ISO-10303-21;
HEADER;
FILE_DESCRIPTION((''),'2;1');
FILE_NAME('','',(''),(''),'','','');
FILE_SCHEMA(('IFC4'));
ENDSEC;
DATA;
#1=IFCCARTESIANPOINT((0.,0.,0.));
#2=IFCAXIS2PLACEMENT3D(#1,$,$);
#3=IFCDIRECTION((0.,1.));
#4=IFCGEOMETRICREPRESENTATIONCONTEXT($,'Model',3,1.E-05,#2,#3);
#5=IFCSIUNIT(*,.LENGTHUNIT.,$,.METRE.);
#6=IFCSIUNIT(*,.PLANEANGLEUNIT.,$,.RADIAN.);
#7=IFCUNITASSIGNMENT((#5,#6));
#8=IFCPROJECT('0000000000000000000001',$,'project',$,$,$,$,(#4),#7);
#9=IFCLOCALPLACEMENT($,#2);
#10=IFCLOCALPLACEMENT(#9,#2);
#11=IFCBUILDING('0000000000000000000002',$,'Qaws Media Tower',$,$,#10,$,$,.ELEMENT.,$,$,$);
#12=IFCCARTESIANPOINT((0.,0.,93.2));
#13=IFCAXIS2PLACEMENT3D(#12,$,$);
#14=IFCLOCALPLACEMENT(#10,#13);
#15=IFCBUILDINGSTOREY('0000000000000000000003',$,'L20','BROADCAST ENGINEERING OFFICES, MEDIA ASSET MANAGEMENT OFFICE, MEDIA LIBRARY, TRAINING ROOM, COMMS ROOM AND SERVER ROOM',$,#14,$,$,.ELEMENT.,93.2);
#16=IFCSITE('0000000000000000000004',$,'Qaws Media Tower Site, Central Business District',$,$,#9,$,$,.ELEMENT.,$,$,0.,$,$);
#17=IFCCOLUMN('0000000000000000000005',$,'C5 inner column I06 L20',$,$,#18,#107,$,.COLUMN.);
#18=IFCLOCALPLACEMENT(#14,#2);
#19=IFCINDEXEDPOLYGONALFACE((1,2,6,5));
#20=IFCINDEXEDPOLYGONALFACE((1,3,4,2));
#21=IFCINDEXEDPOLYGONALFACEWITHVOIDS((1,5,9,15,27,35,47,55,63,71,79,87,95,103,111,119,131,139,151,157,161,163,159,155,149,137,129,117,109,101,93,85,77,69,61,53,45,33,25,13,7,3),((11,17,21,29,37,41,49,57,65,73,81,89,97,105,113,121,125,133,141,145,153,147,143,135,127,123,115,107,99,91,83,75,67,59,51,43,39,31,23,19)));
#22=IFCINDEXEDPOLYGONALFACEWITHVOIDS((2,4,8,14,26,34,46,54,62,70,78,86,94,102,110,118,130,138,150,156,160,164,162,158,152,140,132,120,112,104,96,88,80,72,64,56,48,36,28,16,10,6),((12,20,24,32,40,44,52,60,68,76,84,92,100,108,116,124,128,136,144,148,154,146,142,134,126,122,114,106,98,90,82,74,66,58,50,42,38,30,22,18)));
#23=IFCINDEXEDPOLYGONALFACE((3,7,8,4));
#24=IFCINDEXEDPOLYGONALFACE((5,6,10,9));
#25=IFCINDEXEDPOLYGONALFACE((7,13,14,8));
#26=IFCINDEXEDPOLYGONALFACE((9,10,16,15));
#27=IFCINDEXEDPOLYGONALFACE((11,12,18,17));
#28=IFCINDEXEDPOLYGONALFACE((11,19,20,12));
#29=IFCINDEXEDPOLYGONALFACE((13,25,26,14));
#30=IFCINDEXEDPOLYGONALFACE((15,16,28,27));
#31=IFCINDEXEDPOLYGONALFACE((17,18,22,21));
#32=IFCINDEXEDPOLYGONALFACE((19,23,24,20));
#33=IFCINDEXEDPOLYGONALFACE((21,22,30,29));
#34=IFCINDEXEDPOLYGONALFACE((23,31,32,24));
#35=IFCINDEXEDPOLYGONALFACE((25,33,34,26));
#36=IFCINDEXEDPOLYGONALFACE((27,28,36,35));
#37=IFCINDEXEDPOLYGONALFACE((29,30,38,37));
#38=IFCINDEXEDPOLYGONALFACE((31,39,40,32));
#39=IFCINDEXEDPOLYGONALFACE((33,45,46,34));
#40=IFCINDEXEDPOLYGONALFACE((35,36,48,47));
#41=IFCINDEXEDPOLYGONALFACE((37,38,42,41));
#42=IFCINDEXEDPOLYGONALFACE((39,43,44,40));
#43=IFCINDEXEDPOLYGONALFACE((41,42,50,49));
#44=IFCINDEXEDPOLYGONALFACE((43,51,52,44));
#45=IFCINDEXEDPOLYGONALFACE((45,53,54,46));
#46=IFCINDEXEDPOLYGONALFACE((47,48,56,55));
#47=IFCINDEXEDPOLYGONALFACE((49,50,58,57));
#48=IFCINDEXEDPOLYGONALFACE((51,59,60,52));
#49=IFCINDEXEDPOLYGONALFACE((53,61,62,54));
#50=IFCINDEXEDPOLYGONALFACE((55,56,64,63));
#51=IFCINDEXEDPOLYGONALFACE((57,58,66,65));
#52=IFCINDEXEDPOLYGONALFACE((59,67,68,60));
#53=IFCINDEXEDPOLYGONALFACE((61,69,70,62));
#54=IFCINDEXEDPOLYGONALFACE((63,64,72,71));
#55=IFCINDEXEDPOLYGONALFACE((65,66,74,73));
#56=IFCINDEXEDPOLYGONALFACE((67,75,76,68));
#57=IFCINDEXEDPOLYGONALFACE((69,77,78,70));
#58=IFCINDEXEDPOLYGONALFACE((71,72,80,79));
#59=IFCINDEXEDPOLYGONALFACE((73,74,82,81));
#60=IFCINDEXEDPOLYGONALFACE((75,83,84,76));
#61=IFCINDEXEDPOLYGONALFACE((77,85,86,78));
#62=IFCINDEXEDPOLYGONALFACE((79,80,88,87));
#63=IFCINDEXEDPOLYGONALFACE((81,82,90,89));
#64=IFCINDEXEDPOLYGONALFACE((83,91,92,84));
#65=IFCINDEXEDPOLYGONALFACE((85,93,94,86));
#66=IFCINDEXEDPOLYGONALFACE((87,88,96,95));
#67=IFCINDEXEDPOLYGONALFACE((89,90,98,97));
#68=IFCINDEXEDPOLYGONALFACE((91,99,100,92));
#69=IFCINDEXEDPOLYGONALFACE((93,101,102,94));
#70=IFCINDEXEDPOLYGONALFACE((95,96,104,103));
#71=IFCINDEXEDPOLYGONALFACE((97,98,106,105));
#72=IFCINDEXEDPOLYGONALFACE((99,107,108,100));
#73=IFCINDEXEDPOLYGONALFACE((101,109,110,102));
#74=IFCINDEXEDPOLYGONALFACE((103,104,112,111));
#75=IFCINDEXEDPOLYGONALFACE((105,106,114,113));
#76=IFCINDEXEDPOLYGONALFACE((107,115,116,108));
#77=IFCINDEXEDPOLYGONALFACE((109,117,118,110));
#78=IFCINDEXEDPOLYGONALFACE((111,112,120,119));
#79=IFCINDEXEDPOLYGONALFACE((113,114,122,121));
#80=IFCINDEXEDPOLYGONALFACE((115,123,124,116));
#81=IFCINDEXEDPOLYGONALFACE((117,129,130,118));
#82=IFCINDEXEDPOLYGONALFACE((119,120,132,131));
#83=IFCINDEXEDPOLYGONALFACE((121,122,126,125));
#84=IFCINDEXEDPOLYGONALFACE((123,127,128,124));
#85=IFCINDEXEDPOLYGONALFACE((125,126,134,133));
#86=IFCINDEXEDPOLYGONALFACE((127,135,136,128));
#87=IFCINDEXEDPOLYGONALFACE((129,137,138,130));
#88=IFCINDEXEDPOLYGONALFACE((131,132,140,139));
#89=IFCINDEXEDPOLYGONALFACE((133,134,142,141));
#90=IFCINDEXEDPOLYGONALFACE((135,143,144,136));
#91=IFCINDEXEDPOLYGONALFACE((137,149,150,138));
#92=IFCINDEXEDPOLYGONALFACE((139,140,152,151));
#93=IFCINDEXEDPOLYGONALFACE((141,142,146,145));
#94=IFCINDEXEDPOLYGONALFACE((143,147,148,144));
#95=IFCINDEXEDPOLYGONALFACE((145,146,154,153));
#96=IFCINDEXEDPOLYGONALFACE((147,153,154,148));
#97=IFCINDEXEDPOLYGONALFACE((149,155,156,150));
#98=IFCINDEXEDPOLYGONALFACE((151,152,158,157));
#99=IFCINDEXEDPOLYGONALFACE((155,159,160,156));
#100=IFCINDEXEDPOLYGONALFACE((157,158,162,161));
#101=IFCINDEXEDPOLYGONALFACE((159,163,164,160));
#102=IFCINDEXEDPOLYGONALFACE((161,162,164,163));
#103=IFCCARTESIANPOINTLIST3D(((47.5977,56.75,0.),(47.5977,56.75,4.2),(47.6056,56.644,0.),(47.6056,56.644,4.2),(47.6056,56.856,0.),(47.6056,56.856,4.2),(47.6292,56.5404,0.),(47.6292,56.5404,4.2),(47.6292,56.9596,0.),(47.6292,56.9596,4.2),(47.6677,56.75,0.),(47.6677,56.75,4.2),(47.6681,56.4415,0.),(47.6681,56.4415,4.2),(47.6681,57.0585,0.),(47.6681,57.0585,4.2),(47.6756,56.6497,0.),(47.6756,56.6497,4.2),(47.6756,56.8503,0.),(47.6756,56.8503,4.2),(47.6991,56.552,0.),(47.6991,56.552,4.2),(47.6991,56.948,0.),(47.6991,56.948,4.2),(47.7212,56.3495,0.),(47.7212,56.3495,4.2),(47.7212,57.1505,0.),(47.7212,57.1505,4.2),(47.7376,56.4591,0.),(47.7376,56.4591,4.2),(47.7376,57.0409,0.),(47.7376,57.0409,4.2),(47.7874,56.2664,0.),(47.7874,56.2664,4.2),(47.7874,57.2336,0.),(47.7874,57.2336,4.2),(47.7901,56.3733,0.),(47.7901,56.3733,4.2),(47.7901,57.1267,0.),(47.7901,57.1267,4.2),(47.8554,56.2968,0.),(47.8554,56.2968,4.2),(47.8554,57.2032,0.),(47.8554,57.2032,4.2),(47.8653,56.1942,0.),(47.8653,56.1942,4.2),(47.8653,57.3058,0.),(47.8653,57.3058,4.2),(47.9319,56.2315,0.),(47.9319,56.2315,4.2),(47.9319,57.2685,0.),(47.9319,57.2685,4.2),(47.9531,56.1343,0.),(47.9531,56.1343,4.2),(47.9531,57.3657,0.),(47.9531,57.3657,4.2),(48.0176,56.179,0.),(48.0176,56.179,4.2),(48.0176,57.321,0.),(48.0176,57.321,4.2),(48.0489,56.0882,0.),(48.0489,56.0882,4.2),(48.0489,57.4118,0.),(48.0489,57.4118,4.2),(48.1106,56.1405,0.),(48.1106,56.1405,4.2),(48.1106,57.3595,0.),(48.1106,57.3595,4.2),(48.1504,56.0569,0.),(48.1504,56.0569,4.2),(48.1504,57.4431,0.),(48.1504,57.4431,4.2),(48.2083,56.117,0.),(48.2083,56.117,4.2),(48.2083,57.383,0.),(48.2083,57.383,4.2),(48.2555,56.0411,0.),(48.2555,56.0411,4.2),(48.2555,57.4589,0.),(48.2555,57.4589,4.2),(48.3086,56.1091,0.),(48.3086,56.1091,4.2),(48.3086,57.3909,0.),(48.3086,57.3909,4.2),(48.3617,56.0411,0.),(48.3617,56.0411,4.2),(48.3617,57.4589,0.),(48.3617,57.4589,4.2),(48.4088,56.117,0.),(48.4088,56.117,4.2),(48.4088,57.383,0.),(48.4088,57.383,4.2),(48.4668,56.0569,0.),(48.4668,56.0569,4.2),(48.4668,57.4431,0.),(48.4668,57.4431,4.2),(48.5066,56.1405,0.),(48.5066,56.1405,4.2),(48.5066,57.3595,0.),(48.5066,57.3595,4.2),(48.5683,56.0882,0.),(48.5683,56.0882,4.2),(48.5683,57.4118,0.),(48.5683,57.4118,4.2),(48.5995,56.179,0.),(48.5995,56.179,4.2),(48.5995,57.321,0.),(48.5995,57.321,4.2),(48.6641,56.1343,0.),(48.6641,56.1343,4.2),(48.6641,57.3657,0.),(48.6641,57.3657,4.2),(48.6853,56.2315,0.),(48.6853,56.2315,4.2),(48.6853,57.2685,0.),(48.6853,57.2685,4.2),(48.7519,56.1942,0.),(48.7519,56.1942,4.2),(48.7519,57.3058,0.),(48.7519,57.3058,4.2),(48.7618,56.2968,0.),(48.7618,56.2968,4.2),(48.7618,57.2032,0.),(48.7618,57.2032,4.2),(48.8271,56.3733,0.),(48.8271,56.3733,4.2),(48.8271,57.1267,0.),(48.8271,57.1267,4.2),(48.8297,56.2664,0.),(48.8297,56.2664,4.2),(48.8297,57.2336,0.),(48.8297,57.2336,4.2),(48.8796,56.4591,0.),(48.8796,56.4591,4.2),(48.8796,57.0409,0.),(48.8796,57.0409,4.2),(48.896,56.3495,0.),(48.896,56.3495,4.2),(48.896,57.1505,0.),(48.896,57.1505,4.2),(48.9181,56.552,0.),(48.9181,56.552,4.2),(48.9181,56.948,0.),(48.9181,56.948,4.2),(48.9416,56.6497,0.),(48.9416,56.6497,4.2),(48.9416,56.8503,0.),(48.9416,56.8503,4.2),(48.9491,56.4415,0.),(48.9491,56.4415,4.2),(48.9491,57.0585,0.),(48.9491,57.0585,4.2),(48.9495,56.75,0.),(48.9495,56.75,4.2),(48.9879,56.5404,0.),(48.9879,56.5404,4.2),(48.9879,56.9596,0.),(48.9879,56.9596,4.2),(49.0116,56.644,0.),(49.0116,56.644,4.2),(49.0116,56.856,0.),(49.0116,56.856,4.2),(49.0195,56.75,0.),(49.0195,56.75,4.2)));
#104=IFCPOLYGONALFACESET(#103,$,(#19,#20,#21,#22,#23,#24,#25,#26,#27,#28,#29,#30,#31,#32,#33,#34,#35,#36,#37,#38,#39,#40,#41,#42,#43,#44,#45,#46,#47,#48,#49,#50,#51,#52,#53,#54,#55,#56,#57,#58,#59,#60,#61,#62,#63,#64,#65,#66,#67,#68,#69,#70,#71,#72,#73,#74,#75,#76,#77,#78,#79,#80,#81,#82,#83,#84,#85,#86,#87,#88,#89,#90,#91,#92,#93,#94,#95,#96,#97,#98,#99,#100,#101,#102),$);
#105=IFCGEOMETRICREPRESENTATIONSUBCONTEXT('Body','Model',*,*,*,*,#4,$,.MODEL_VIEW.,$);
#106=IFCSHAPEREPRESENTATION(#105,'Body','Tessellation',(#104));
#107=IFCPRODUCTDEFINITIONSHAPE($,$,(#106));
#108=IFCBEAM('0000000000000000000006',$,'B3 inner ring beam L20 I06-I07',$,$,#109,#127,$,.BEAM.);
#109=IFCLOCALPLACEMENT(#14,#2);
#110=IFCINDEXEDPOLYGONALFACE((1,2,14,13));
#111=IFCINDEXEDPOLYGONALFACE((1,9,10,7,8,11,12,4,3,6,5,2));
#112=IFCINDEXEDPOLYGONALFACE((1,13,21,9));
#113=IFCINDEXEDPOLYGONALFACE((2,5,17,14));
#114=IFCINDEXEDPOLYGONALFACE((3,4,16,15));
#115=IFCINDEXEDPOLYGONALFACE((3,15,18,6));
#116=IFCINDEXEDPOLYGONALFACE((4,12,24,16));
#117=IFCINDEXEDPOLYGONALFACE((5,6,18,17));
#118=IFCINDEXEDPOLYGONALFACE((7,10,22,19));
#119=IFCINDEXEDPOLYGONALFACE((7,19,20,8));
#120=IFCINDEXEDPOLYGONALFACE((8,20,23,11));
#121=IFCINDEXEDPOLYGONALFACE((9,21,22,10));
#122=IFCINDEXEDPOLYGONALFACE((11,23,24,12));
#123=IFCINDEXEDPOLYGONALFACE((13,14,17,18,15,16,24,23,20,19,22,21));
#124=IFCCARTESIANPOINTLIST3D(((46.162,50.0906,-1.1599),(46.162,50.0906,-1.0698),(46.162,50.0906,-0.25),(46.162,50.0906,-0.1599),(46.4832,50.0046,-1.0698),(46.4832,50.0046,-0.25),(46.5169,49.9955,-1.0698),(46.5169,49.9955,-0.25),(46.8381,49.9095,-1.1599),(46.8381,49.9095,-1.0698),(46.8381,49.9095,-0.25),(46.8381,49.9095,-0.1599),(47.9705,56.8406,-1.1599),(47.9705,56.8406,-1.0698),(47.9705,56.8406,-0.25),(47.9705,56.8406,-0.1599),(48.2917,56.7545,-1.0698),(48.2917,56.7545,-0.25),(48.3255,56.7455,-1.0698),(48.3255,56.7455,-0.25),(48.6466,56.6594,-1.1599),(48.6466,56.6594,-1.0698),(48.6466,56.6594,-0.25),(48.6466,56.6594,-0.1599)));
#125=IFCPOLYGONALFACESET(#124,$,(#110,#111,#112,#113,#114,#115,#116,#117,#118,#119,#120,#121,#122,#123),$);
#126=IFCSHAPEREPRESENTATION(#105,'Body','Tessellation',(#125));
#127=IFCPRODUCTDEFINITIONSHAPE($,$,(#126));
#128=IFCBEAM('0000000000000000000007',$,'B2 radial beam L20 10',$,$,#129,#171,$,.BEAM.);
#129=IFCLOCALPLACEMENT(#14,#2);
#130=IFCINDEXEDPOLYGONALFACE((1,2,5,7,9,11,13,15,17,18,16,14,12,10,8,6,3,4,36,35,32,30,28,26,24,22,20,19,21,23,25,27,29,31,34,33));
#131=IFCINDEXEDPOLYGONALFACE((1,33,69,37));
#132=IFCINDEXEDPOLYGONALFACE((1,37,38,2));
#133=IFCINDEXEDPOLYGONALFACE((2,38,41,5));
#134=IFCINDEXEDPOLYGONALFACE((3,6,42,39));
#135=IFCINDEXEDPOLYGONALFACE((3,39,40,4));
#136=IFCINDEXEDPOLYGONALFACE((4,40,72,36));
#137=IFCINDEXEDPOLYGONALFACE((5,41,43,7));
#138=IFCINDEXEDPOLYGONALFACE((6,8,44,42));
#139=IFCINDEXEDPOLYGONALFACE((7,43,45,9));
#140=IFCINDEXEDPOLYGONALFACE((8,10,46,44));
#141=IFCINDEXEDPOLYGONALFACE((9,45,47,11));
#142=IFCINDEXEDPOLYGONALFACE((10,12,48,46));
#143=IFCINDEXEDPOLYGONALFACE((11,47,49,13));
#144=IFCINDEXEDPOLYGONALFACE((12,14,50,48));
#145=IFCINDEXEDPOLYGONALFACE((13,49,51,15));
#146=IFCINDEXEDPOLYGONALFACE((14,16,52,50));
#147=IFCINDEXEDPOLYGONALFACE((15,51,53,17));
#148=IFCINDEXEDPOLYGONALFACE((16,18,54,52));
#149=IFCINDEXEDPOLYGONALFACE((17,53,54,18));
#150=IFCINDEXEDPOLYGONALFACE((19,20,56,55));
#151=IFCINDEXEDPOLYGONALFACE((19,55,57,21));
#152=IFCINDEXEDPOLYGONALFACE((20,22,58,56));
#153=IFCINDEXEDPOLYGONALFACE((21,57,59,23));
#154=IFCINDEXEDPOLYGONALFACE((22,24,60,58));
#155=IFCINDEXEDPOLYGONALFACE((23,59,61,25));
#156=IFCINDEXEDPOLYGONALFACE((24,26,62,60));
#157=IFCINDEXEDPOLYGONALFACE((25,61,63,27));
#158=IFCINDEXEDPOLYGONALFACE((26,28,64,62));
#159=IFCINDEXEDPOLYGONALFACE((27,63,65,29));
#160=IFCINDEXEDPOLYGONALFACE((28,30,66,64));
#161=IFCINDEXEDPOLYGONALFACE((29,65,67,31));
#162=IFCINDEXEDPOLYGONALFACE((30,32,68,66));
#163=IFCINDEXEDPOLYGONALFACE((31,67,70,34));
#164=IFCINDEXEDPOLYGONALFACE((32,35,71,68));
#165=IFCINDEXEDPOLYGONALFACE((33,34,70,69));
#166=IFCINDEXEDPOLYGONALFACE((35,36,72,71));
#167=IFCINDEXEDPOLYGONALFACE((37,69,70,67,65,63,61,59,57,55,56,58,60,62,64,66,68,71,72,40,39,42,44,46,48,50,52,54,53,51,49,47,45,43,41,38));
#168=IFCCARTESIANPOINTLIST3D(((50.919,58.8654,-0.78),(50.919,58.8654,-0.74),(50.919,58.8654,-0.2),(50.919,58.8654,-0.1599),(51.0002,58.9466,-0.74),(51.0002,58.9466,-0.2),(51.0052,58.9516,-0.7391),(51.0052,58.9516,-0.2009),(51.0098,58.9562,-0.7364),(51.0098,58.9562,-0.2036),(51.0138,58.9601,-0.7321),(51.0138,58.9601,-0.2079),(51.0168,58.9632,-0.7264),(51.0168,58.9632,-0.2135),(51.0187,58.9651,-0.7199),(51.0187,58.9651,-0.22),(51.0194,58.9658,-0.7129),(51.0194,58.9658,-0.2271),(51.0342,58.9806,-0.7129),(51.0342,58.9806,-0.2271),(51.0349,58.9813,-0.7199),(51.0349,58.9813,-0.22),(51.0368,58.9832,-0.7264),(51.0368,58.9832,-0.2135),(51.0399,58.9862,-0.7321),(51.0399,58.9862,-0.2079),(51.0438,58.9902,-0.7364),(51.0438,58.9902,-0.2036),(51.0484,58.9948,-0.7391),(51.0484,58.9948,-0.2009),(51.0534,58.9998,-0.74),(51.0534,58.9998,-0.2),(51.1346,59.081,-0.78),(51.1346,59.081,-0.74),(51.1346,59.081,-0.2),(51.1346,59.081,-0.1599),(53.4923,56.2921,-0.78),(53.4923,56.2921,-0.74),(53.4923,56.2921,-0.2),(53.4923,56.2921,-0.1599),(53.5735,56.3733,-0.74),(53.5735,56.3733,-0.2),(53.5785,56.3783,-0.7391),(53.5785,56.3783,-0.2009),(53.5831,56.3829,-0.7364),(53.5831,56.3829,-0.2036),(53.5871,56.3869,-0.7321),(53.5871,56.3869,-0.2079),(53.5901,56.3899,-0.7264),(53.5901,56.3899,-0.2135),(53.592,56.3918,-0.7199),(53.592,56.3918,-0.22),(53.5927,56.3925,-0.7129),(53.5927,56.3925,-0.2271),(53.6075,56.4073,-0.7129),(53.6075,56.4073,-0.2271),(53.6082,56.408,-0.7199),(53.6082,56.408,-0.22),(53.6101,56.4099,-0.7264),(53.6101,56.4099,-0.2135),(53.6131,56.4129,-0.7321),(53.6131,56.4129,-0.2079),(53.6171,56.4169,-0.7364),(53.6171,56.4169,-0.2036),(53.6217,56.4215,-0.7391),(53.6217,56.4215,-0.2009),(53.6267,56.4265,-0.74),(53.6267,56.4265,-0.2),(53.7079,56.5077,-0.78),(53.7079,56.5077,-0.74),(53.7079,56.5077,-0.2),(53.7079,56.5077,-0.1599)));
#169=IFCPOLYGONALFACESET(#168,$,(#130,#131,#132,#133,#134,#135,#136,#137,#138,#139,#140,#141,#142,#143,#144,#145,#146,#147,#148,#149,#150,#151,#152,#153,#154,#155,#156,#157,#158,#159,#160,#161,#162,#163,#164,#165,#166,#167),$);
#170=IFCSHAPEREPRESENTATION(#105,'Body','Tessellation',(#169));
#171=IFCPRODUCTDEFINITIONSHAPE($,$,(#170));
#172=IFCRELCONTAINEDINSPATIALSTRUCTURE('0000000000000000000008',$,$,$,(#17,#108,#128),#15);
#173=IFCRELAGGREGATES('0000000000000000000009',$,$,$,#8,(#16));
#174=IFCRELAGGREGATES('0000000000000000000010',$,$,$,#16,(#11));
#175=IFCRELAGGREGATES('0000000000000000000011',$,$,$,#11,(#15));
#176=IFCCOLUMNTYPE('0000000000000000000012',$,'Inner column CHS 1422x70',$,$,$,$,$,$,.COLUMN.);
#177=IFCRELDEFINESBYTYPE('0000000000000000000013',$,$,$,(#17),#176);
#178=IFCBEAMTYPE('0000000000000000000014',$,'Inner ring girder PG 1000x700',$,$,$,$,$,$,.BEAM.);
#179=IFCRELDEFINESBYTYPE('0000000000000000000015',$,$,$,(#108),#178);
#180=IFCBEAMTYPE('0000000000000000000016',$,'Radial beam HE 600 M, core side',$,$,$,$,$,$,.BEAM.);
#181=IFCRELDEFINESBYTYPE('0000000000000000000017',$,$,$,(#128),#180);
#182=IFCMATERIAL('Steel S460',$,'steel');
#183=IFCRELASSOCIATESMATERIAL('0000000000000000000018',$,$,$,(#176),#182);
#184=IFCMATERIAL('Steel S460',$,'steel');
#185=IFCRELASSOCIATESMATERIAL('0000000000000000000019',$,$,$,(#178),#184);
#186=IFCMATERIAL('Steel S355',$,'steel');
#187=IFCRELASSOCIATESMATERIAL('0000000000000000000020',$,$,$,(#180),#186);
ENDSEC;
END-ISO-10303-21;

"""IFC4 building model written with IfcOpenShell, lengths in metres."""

from ifc_helpers import new_model, si_unit, direction, frame, origin, origin_2d, place, context, subcontext, project, spatial, hollow_circle, i_section, extrude, material, material_profile, profile_set, type_object, element, save


model = new_model("IFC4")

# Units and contexts
model_context = context("Model", 3, precision=1e-05, world=origin(), true_north=direction((0.0, 1.0)))
body_context = subcontext(model_context, "Body", "Model", "MODEL_VIEW")
ifc_project = project(units=[si_unit("LENGTHUNIT", "METRE"), si_unit("PLANEANGLEUNIT", "RADIAN")], contexts=[model_context])

# Site, building, storey
site_placement = place(None, origin())
site = spatial("IfcSite", under=ifc_project, at=site_placement, Name="Qaws Media Tower Site, Central Business District", CompositionType="ELEMENT", RefElevation=0.0)
building_placement = place(site_placement, origin())
building = spatial("IfcBuilding", under=site, at=building_placement, Name="Qaws Media Tower", CompositionType="ELEMENT")
storey_placement = place(building_placement, frame((0.0, 0.0, 93.2)))
storey = spatial("IfcBuildingStorey", under=building, at=storey_placement, Name="L20", Description="BROADCAST ENGINEERING OFFICES, MEDIA ASSET MANAGEMENT OFFICE, MEDIA LIBRARY, TRAINING ROOM, COMMS ROOM AND SERVER ROOM", CompositionType="ELEMENT", Elevation=93.2)

# Column
ifc_material_1 = material(Name="Steel S460", Category="steel")
ifc_material_profile_1 = material_profile(ifc_material_1, hollow_circle(Radius=0.7109, WallThickness=0.0701, at=origin_2d()), Name="CHS 1422x70")
ifc_profile_set_1 = profile_set([ifc_material_profile_1], Name="Steel S460")
column_type = type_object("IfcColumnType", Name="Inner column CHS 1422x70", PredefinedType="COLUMN", material=ifc_profile_set_1)
column_placement = place(storey_placement, frame((48.3086, 56.75, 0.0), z_axis=(0.0, 0.0, 1.0), x_axis=(1.0, 0.0, 0.0)))
element("IfcColumn", 1, at=column_placement, inside=storey, type_object=column_type, Name="C5 inner column I06 L20", PredefinedType="COLUMN", context=body_context, shape_type="SweptSolid", body=[
    extrude(hollow_circle(Radius=0.7109, WallThickness=0.0701, at=origin_2d()), origin(), (0.0, 0.0, 1.0), 4.2),
])

# Beams
ifc_material_2 = material(Name="Steel S460", Category="steel")
ifc_material_profile_2 = material_profile(ifc_material_2, i_section(OverallWidth=0.7, OverallDepth=1.0, WebThickness=0.0349, FlangeThickness=0.0901, at=origin_2d()), Name="PG 1000x700")
ifc_profile_set_2 = profile_set([ifc_material_profile_2], Name="Steel S460")
beam_type_1 = type_object("IfcBeamType", Name="Inner ring girder PG 1000x700", PredefinedType="BEAM", material=ifc_profile_set_2)
beam_1_placement = place(storey_placement, frame((48.3086, 56.75, -0.6599), z_axis=(-0.258811, -0.965928, 0.0), x_axis=(0.965928, -0.258811, 0.0)))
element("IfcBeam", 2, at=beam_1_placement, inside=storey, type_object=beam_type_1, Name="B3 inner ring beam L20 I06-I07", PredefinedType="BEAM", context=body_context, shape_type="SweptSolid", body=[
    extrude(i_section(OverallWidth=0.7, OverallDepth=1.0, WebThickness=0.0349, FlangeThickness=0.0901, at=origin_2d()), origin(), (0.0, 0.0, 1.0), 6.988),
])
ifc_material_3 = material(Name="Steel S355", Category="steel")
ifc_material_profile_3 = material_profile(ifc_material_3, i_section(OverallWidth=0.3049, OverallDepth=0.6201, WebThickness=0.021, FlangeThickness=0.04, FilletRadius=0.0271, at=origin_2d()), Name="HE 600 M")
ifc_profile_set_3 = profile_set([ifc_material_profile_3], Name="Steel S355")
beam_type_2 = type_object("IfcBeamType", Name="Radial beam HE 600 M, core side", PredefinedType="BEAM", material=ifc_profile_set_3)
beam_2_placement = place(storey_placement, frame((53.6001, 56.3999, -0.47), z_axis=(-0.707107, 0.707107, 0.0), x_axis=(-0.707107, -0.707107, 0.0)))
element("IfcBeam", 3, at=beam_2_placement, inside=storey, type_object=beam_type_2, Name="B2 radial beam L20 10", PredefinedType="BEAM", context=body_context, shape_type="SweptSolid", body=[
    extrude(i_section(OverallWidth=0.3049, OverallDepth=0.6201, WebThickness=0.021, FlangeThickness=0.04, FilletRadius=0.0271, at=origin_2d()), origin(), (0.0, 0.0, 1.0), 3.6392),
])

save(model, "model.ifc")
